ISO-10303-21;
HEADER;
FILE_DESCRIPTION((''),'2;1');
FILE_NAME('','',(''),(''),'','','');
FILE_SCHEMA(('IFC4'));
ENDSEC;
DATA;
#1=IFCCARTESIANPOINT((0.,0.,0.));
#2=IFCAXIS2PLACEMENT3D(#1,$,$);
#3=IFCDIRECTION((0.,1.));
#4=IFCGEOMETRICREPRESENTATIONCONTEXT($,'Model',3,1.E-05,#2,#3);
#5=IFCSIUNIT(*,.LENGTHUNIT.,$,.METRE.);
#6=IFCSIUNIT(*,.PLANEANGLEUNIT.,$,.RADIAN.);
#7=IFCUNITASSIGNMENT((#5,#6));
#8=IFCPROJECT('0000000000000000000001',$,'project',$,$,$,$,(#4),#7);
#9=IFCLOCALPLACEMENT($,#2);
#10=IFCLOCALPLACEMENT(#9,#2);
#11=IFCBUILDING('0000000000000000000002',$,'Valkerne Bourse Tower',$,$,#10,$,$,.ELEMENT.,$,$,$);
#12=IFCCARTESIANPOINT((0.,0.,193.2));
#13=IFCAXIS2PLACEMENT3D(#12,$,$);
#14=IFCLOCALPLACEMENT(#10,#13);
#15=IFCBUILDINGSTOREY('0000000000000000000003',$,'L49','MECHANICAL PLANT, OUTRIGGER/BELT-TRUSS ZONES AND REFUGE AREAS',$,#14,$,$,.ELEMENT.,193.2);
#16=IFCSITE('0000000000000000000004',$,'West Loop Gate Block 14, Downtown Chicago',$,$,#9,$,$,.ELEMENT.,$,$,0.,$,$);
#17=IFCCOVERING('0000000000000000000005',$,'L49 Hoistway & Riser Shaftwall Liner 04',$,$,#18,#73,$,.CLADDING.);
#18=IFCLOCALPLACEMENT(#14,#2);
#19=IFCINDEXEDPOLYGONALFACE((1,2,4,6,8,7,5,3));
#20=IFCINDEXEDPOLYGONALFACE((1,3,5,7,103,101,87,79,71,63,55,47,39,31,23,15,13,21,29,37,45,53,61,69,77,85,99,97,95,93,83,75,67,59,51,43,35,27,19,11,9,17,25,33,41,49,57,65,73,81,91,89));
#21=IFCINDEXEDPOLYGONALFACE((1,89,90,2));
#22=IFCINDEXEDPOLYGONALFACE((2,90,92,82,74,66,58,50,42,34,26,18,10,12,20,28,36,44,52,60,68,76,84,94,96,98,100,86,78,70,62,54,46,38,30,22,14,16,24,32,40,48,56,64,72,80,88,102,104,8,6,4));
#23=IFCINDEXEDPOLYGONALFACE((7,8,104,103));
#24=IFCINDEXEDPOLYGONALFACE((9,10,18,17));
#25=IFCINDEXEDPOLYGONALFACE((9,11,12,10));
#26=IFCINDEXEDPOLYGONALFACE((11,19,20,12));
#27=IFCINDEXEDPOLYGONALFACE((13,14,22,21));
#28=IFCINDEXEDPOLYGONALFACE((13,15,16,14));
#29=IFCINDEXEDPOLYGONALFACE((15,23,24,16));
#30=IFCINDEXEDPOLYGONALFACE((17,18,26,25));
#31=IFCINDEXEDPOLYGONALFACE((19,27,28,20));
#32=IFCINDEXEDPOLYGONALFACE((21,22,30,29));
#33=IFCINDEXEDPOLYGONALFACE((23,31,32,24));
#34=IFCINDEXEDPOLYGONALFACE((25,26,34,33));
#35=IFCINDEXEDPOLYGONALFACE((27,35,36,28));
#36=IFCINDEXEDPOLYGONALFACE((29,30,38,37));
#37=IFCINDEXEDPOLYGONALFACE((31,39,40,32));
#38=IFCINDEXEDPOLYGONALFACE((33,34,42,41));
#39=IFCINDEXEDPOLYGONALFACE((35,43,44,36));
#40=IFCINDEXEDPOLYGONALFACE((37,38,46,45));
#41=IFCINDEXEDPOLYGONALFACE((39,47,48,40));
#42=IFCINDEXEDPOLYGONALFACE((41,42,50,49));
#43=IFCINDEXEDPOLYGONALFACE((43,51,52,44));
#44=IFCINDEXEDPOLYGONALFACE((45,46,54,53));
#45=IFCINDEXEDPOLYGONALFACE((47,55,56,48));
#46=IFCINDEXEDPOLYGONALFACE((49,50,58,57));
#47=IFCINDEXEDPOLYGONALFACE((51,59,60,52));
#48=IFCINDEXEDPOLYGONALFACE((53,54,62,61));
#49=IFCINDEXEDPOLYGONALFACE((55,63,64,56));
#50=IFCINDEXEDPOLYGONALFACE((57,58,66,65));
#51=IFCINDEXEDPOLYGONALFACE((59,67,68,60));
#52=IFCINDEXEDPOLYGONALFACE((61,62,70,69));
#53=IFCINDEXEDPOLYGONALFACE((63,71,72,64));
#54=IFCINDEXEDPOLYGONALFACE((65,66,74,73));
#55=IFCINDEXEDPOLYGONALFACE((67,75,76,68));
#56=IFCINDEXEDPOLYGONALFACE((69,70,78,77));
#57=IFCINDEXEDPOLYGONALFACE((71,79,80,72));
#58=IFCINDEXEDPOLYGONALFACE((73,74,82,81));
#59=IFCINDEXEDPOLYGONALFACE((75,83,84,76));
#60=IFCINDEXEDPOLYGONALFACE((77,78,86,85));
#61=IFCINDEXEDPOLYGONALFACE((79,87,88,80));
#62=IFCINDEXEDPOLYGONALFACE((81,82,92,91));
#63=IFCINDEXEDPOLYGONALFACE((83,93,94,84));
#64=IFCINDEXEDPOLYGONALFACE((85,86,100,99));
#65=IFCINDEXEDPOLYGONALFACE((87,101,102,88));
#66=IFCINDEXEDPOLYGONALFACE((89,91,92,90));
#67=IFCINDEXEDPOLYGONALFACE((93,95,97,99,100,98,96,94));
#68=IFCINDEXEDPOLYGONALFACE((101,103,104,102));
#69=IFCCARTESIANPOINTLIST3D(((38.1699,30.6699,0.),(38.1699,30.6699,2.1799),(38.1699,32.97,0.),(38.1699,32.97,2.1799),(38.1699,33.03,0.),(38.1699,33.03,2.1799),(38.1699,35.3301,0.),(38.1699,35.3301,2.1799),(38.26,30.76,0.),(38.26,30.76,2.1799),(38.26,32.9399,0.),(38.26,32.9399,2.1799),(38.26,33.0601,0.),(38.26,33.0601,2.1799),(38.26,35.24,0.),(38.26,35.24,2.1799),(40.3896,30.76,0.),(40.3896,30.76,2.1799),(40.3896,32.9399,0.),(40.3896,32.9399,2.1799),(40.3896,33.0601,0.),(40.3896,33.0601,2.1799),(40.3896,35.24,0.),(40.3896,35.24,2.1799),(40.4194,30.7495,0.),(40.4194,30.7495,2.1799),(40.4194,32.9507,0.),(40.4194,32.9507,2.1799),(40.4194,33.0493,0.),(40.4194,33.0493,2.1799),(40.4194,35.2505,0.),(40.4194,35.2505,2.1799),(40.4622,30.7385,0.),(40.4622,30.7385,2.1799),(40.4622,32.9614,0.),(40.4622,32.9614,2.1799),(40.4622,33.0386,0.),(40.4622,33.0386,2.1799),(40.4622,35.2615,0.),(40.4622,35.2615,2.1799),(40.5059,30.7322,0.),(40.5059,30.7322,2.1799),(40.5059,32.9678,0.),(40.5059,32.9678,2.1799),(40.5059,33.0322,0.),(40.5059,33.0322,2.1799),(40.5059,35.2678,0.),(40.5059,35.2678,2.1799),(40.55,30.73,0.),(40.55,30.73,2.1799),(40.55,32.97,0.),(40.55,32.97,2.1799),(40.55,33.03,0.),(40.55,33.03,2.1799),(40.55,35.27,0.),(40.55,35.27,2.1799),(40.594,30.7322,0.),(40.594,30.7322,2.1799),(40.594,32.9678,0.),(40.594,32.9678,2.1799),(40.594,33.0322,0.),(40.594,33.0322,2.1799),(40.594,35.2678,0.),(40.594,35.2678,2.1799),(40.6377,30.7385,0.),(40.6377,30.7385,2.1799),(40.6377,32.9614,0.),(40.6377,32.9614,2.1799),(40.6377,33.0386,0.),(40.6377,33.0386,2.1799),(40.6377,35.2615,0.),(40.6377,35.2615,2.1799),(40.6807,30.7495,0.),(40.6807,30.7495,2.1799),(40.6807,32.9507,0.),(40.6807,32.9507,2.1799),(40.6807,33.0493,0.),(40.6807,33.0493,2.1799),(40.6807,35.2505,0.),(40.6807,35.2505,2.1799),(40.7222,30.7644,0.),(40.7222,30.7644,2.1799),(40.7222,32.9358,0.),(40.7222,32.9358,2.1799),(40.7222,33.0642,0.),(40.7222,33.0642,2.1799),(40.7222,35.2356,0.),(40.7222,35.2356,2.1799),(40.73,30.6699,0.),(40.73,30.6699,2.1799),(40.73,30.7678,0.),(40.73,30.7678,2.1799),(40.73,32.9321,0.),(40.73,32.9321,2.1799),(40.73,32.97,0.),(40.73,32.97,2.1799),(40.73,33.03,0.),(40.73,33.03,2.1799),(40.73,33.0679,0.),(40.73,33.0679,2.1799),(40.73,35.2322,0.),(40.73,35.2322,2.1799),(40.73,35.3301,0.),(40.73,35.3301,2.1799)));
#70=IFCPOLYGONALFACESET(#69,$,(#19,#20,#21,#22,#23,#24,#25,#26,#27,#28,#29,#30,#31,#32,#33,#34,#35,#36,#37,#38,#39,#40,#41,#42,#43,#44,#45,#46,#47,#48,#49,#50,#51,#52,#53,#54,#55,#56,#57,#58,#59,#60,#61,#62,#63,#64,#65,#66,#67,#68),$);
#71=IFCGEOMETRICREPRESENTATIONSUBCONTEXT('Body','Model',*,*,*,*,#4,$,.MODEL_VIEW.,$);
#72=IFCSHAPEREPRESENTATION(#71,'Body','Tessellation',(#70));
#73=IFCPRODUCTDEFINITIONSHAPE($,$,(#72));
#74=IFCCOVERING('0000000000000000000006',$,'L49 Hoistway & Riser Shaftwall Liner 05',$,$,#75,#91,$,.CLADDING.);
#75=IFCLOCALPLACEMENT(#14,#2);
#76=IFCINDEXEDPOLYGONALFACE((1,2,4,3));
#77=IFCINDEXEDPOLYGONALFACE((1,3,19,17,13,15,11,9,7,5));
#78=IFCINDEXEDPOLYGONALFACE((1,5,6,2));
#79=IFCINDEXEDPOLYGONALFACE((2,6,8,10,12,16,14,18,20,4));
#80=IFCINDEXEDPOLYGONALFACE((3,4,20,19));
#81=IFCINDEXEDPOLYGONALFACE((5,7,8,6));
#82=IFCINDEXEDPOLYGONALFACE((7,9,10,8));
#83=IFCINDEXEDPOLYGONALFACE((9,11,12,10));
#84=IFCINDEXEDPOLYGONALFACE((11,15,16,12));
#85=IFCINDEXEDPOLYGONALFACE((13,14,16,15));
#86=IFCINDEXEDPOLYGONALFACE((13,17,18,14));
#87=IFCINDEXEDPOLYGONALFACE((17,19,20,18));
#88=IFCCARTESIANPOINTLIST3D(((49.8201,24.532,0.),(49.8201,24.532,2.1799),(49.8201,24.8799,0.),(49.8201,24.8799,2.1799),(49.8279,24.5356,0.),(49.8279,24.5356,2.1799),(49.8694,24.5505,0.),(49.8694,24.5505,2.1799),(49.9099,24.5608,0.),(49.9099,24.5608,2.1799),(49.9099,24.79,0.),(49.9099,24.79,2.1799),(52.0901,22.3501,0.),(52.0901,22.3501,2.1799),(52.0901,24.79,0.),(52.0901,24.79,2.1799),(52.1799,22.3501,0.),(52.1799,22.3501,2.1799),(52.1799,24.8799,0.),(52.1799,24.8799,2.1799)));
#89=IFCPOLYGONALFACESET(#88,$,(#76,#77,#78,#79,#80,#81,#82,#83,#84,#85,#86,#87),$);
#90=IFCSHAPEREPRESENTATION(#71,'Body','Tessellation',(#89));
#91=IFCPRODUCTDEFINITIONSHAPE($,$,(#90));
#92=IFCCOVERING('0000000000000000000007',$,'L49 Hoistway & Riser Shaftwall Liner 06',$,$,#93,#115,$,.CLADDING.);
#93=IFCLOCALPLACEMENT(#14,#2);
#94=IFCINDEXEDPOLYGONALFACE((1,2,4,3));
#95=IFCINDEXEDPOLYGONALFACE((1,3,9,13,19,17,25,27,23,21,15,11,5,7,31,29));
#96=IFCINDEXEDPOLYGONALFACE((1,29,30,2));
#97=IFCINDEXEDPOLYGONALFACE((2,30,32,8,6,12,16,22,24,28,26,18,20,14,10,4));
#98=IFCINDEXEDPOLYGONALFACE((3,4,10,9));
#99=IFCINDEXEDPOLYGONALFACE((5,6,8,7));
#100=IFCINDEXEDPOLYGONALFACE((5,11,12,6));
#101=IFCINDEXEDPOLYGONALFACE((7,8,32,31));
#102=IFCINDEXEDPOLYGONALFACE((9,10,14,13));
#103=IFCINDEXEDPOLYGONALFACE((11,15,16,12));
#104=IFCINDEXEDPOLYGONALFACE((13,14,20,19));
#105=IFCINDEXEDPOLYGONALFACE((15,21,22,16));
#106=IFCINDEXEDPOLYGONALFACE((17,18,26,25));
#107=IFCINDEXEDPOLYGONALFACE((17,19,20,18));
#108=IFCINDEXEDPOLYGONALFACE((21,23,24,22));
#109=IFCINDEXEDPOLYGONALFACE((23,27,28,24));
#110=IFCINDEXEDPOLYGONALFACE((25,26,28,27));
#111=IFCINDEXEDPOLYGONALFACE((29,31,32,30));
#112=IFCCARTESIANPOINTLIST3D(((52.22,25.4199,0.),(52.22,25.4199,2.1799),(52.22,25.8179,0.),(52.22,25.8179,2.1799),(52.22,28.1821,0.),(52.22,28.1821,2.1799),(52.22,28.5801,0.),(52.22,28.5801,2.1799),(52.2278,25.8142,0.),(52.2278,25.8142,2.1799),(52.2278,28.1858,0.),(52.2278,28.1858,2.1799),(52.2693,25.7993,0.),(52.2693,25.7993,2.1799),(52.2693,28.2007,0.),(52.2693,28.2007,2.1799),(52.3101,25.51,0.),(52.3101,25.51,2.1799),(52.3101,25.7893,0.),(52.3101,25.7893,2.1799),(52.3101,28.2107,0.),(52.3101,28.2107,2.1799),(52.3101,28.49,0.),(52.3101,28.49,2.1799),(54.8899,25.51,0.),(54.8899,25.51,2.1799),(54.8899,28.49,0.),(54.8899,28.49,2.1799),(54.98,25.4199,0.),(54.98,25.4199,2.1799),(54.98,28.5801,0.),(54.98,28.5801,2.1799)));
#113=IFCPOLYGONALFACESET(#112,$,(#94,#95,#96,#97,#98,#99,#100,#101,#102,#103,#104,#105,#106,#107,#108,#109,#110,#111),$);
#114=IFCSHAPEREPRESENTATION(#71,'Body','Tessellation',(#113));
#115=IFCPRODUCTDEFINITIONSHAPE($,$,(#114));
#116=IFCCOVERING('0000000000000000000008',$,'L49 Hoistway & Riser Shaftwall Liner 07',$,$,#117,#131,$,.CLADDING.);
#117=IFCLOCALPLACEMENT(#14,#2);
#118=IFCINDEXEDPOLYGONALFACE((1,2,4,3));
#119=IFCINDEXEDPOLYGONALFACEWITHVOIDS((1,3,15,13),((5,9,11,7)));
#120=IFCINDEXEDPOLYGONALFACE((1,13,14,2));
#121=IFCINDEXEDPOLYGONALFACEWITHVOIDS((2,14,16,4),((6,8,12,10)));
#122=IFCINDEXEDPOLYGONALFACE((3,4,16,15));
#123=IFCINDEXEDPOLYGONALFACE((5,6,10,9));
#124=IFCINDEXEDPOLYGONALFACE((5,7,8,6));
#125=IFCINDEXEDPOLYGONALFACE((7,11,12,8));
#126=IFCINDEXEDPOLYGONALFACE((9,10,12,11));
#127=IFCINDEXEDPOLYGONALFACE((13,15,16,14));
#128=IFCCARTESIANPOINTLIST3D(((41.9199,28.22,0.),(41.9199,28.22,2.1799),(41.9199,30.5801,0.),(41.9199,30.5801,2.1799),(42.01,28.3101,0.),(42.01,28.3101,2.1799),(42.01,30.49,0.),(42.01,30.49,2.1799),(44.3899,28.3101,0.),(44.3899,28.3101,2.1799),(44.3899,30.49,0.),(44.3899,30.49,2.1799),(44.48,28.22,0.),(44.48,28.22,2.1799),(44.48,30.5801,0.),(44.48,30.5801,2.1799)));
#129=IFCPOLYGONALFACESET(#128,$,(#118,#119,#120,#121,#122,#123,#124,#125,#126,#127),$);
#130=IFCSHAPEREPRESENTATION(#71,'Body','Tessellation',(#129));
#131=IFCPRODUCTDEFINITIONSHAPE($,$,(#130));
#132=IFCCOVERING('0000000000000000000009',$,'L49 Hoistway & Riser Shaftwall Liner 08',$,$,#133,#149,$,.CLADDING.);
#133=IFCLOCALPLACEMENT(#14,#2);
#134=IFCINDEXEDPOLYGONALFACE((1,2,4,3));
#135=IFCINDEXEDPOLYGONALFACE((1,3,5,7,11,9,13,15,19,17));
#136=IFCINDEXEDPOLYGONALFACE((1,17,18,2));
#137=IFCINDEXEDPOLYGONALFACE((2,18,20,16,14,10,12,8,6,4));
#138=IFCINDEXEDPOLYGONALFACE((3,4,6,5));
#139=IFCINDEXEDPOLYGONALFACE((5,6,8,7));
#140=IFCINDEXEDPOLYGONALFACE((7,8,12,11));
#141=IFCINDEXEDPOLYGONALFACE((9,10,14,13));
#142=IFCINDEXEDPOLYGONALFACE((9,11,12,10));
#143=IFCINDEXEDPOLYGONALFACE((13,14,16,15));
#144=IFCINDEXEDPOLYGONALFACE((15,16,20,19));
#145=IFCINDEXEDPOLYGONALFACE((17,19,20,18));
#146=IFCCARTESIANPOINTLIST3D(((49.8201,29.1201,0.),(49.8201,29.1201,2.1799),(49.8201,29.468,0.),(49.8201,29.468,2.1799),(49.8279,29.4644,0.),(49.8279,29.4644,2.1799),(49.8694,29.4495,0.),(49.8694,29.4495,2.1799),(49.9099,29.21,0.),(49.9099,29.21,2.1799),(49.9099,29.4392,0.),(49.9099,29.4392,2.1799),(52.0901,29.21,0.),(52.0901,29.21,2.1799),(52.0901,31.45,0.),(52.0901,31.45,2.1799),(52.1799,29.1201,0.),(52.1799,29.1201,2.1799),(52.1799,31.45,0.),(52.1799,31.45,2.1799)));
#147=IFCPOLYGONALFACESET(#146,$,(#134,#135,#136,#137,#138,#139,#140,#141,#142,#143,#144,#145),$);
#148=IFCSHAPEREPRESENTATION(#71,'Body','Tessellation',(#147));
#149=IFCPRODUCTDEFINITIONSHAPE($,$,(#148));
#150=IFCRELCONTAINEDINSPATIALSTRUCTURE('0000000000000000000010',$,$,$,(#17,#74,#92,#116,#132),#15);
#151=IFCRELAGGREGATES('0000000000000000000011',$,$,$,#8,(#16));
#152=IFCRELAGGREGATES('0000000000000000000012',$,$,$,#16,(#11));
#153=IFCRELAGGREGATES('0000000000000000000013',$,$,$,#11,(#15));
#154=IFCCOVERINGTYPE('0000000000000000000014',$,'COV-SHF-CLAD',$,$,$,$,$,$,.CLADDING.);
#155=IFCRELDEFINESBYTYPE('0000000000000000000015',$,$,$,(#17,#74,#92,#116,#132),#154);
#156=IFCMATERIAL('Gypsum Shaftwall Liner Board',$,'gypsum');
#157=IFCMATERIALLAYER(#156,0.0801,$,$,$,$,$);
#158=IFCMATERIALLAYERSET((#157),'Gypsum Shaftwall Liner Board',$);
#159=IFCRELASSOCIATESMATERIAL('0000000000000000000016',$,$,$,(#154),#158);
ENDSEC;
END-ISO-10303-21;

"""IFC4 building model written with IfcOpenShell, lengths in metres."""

from ifc_helpers import new_model, si_unit, direction, frame, origin, place, context, subcontext, project, spatial, polyline, outline, extrude, material, layer, layer_set, type_object, element, save


model = new_model("IFC4")

# Units and contexts
model_context = context("Model", 3, precision=1e-05, world=origin(), true_north=direction((0.0, 1.0)))
body_context = subcontext(model_context, "Body", "Model", "MODEL_VIEW")
ifc_project = project(units=[si_unit("LENGTHUNIT", "METRE"), si_unit("PLANEANGLEUNIT", "RADIAN")], contexts=[model_context])

# Site, building, storey
site_placement = place(None, origin())
site = spatial("IfcSite", under=ifc_project, at=site_placement, Name="West Loop Gate Block 14, Downtown Chicago", CompositionType="ELEMENT", RefElevation=0.0)
building_placement = place(site_placement, origin())
building = spatial("IfcBuilding", under=site, at=building_placement, Name="Valkerne Bourse Tower", CompositionType="ELEMENT")
storey_placement = place(building_placement, frame((0.0, 0.0, 193.2)))
storey = spatial("IfcBuildingStorey", under=building, at=storey_placement, Name="L49", Description="MECHANICAL PLANT, OUTRIGGER/BELT-TRUSS ZONES AND REFUGE AREAS", CompositionType="ELEMENT", Elevation=193.2)

# Coverings
ifc_material_1 = material(Name="Gypsum Shaftwall Liner Board", Category="gypsum")
ifc_layer_1 = layer(ifc_material_1, 0.0801)
ifc_layer_set_1 = layer_set([ifc_layer_1], Name="Gypsum Shaftwall Liner Board")
covering_type = type_object("IfcCoveringType", Name="COV-SHF-CLAD", PredefinedType="CLADDING", material=ifc_layer_set_1)
covering_1_placement = place(storey_placement, origin())
element("IfcCovering", 1, at=covering_1_placement, inside=storey, type_object=covering_type, Name="L49 Hoistway & Riser Shaftwall Liner 04", PredefinedType="CLADDING", context=body_context, shape_type="SweptSolid", body=[
    extrude(outline(polyline([(38.1699, 35.3301), (40.73, 35.3301), (40.73, 35.2322), (40.7222, 35.2356), (40.6807, 35.2505), (40.6377, 35.2615), (40.594, 35.2678), (40.55, 35.27), (40.5059, 35.2678), (40.4622, 35.2615), (40.4194, 35.2505), (40.3896, 35.24), (38.26, 35.24), (38.26, 33.0601), (40.3896, 33.0601), (40.4194, 33.0493), (40.4622, 33.0386), (40.5059, 33.0322), (40.55, 33.03), (40.594, 33.0322), (40.6377, 33.0386), (40.6807, 33.0493), (40.7222, 33.0642), (40.73, 33.0679), (40.73, 33.03), (40.73, 32.97), (40.73, 32.9321), (40.7222, 32.9358), (40.6807, 32.9507), (40.6377, 32.9614), (40.594, 32.9678), (40.55, 32.97), (40.5059, 32.9678), (40.4622, 32.9614), (40.4194, 32.9507), (40.3896, 32.9399), (38.26, 32.9399), (38.26, 30.76), (40.3896, 30.76), (40.4194, 30.7495), (40.4622, 30.7385), (40.5059, 30.7322), (40.55, 30.73), (40.594, 30.7322), (40.6377, 30.7385), (40.6807, 30.7495), (40.7222, 30.7644), (40.73, 30.7678), (40.73, 30.6699), (38.1699, 30.6699), (38.1699, 32.97), (38.1699, 33.03), (38.1699, 35.3301)])), origin(), (0.0, 0.0, 1.0), 2.1799),
])
covering_2_placement = place(storey_placement, origin())
element("IfcCovering", 2, at=covering_2_placement, inside=storey, type_object=covering_type, Name="L49 Hoistway & Riser Shaftwall Liner 05", PredefinedType="CLADDING", context=body_context, shape_type="SweptSolid", body=[
    extrude(outline(polyline([(52.1799, 22.3501), (52.0901, 22.3501), (52.0901, 24.79), (49.9099, 24.79), (49.9099, 24.5608), (49.8694, 24.5505), (49.8279, 24.5356), (49.8201, 24.532), (49.8201, 24.8799), (52.1799, 24.8799), (52.1799, 22.3501)])), origin(), (0.0, 0.0, 1.0), 2.1799),
])
covering_3_placement = place(storey_placement, origin())
element("IfcCovering", 3, at=covering_3_placement, inside=storey, type_object=covering_type, Name="L49 Hoistway & Riser Shaftwall Liner 06", PredefinedType="CLADDING", context=body_context, shape_type="SweptSolid", body=[
    extrude(outline(polyline([(54.98, 25.4199), (52.22, 25.4199), (52.22, 25.8179), (52.2278, 25.8142), (52.2693, 25.7993), (52.3101, 25.7893), (52.3101, 25.51), (54.8899, 25.51), (54.8899, 28.49), (52.3101, 28.49), (52.3101, 28.2107), (52.2693, 28.2007), (52.2278, 28.1858), (52.22, 28.1821), (52.22, 28.5801), (54.98, 28.5801), (54.98, 25.4199)])), origin(), (0.0, 0.0, 1.0), 2.1799),
])
covering_4_placement = place(storey_placement, origin())
element("IfcCovering", 4, at=covering_4_placement, inside=storey, type_object=covering_type, Name="L49 Hoistway & Riser Shaftwall Liner 07", PredefinedType="CLADDING", context=body_context, shape_type="SweptSolid", body=[
    extrude(outline(polyline([(44.48, 28.22), (41.9199, 28.22), (41.9199, 30.5801), (44.48, 30.5801), (44.48, 28.22)]), holes=[polyline([(42.01, 30.49), (42.01, 28.3101), (44.3899, 28.3101), (44.3899, 30.49), (42.01, 30.49)])]), origin(), (0.0, 0.0, 1.0), 2.1799),
])
covering_5_placement = place(storey_placement, origin())
element("IfcCovering", 5, at=covering_5_placement, inside=storey, type_object=covering_type, Name="L49 Hoistway & Riser Shaftwall Liner 08", PredefinedType="CLADDING", context=body_context, shape_type="SweptSolid", body=[
    extrude(outline(polyline([(49.8201, 29.1201), (49.8201, 29.468), (49.8279, 29.4644), (49.8694, 29.4495), (49.9099, 29.4392), (49.9099, 29.21), (52.0901, 29.21), (52.0901, 31.45), (52.1799, 31.45), (52.1799, 29.1201), (49.8201, 29.1201)])), origin(), (0.0, 0.0, 1.0), 2.1799),
])

save(model, "model.ifc")
